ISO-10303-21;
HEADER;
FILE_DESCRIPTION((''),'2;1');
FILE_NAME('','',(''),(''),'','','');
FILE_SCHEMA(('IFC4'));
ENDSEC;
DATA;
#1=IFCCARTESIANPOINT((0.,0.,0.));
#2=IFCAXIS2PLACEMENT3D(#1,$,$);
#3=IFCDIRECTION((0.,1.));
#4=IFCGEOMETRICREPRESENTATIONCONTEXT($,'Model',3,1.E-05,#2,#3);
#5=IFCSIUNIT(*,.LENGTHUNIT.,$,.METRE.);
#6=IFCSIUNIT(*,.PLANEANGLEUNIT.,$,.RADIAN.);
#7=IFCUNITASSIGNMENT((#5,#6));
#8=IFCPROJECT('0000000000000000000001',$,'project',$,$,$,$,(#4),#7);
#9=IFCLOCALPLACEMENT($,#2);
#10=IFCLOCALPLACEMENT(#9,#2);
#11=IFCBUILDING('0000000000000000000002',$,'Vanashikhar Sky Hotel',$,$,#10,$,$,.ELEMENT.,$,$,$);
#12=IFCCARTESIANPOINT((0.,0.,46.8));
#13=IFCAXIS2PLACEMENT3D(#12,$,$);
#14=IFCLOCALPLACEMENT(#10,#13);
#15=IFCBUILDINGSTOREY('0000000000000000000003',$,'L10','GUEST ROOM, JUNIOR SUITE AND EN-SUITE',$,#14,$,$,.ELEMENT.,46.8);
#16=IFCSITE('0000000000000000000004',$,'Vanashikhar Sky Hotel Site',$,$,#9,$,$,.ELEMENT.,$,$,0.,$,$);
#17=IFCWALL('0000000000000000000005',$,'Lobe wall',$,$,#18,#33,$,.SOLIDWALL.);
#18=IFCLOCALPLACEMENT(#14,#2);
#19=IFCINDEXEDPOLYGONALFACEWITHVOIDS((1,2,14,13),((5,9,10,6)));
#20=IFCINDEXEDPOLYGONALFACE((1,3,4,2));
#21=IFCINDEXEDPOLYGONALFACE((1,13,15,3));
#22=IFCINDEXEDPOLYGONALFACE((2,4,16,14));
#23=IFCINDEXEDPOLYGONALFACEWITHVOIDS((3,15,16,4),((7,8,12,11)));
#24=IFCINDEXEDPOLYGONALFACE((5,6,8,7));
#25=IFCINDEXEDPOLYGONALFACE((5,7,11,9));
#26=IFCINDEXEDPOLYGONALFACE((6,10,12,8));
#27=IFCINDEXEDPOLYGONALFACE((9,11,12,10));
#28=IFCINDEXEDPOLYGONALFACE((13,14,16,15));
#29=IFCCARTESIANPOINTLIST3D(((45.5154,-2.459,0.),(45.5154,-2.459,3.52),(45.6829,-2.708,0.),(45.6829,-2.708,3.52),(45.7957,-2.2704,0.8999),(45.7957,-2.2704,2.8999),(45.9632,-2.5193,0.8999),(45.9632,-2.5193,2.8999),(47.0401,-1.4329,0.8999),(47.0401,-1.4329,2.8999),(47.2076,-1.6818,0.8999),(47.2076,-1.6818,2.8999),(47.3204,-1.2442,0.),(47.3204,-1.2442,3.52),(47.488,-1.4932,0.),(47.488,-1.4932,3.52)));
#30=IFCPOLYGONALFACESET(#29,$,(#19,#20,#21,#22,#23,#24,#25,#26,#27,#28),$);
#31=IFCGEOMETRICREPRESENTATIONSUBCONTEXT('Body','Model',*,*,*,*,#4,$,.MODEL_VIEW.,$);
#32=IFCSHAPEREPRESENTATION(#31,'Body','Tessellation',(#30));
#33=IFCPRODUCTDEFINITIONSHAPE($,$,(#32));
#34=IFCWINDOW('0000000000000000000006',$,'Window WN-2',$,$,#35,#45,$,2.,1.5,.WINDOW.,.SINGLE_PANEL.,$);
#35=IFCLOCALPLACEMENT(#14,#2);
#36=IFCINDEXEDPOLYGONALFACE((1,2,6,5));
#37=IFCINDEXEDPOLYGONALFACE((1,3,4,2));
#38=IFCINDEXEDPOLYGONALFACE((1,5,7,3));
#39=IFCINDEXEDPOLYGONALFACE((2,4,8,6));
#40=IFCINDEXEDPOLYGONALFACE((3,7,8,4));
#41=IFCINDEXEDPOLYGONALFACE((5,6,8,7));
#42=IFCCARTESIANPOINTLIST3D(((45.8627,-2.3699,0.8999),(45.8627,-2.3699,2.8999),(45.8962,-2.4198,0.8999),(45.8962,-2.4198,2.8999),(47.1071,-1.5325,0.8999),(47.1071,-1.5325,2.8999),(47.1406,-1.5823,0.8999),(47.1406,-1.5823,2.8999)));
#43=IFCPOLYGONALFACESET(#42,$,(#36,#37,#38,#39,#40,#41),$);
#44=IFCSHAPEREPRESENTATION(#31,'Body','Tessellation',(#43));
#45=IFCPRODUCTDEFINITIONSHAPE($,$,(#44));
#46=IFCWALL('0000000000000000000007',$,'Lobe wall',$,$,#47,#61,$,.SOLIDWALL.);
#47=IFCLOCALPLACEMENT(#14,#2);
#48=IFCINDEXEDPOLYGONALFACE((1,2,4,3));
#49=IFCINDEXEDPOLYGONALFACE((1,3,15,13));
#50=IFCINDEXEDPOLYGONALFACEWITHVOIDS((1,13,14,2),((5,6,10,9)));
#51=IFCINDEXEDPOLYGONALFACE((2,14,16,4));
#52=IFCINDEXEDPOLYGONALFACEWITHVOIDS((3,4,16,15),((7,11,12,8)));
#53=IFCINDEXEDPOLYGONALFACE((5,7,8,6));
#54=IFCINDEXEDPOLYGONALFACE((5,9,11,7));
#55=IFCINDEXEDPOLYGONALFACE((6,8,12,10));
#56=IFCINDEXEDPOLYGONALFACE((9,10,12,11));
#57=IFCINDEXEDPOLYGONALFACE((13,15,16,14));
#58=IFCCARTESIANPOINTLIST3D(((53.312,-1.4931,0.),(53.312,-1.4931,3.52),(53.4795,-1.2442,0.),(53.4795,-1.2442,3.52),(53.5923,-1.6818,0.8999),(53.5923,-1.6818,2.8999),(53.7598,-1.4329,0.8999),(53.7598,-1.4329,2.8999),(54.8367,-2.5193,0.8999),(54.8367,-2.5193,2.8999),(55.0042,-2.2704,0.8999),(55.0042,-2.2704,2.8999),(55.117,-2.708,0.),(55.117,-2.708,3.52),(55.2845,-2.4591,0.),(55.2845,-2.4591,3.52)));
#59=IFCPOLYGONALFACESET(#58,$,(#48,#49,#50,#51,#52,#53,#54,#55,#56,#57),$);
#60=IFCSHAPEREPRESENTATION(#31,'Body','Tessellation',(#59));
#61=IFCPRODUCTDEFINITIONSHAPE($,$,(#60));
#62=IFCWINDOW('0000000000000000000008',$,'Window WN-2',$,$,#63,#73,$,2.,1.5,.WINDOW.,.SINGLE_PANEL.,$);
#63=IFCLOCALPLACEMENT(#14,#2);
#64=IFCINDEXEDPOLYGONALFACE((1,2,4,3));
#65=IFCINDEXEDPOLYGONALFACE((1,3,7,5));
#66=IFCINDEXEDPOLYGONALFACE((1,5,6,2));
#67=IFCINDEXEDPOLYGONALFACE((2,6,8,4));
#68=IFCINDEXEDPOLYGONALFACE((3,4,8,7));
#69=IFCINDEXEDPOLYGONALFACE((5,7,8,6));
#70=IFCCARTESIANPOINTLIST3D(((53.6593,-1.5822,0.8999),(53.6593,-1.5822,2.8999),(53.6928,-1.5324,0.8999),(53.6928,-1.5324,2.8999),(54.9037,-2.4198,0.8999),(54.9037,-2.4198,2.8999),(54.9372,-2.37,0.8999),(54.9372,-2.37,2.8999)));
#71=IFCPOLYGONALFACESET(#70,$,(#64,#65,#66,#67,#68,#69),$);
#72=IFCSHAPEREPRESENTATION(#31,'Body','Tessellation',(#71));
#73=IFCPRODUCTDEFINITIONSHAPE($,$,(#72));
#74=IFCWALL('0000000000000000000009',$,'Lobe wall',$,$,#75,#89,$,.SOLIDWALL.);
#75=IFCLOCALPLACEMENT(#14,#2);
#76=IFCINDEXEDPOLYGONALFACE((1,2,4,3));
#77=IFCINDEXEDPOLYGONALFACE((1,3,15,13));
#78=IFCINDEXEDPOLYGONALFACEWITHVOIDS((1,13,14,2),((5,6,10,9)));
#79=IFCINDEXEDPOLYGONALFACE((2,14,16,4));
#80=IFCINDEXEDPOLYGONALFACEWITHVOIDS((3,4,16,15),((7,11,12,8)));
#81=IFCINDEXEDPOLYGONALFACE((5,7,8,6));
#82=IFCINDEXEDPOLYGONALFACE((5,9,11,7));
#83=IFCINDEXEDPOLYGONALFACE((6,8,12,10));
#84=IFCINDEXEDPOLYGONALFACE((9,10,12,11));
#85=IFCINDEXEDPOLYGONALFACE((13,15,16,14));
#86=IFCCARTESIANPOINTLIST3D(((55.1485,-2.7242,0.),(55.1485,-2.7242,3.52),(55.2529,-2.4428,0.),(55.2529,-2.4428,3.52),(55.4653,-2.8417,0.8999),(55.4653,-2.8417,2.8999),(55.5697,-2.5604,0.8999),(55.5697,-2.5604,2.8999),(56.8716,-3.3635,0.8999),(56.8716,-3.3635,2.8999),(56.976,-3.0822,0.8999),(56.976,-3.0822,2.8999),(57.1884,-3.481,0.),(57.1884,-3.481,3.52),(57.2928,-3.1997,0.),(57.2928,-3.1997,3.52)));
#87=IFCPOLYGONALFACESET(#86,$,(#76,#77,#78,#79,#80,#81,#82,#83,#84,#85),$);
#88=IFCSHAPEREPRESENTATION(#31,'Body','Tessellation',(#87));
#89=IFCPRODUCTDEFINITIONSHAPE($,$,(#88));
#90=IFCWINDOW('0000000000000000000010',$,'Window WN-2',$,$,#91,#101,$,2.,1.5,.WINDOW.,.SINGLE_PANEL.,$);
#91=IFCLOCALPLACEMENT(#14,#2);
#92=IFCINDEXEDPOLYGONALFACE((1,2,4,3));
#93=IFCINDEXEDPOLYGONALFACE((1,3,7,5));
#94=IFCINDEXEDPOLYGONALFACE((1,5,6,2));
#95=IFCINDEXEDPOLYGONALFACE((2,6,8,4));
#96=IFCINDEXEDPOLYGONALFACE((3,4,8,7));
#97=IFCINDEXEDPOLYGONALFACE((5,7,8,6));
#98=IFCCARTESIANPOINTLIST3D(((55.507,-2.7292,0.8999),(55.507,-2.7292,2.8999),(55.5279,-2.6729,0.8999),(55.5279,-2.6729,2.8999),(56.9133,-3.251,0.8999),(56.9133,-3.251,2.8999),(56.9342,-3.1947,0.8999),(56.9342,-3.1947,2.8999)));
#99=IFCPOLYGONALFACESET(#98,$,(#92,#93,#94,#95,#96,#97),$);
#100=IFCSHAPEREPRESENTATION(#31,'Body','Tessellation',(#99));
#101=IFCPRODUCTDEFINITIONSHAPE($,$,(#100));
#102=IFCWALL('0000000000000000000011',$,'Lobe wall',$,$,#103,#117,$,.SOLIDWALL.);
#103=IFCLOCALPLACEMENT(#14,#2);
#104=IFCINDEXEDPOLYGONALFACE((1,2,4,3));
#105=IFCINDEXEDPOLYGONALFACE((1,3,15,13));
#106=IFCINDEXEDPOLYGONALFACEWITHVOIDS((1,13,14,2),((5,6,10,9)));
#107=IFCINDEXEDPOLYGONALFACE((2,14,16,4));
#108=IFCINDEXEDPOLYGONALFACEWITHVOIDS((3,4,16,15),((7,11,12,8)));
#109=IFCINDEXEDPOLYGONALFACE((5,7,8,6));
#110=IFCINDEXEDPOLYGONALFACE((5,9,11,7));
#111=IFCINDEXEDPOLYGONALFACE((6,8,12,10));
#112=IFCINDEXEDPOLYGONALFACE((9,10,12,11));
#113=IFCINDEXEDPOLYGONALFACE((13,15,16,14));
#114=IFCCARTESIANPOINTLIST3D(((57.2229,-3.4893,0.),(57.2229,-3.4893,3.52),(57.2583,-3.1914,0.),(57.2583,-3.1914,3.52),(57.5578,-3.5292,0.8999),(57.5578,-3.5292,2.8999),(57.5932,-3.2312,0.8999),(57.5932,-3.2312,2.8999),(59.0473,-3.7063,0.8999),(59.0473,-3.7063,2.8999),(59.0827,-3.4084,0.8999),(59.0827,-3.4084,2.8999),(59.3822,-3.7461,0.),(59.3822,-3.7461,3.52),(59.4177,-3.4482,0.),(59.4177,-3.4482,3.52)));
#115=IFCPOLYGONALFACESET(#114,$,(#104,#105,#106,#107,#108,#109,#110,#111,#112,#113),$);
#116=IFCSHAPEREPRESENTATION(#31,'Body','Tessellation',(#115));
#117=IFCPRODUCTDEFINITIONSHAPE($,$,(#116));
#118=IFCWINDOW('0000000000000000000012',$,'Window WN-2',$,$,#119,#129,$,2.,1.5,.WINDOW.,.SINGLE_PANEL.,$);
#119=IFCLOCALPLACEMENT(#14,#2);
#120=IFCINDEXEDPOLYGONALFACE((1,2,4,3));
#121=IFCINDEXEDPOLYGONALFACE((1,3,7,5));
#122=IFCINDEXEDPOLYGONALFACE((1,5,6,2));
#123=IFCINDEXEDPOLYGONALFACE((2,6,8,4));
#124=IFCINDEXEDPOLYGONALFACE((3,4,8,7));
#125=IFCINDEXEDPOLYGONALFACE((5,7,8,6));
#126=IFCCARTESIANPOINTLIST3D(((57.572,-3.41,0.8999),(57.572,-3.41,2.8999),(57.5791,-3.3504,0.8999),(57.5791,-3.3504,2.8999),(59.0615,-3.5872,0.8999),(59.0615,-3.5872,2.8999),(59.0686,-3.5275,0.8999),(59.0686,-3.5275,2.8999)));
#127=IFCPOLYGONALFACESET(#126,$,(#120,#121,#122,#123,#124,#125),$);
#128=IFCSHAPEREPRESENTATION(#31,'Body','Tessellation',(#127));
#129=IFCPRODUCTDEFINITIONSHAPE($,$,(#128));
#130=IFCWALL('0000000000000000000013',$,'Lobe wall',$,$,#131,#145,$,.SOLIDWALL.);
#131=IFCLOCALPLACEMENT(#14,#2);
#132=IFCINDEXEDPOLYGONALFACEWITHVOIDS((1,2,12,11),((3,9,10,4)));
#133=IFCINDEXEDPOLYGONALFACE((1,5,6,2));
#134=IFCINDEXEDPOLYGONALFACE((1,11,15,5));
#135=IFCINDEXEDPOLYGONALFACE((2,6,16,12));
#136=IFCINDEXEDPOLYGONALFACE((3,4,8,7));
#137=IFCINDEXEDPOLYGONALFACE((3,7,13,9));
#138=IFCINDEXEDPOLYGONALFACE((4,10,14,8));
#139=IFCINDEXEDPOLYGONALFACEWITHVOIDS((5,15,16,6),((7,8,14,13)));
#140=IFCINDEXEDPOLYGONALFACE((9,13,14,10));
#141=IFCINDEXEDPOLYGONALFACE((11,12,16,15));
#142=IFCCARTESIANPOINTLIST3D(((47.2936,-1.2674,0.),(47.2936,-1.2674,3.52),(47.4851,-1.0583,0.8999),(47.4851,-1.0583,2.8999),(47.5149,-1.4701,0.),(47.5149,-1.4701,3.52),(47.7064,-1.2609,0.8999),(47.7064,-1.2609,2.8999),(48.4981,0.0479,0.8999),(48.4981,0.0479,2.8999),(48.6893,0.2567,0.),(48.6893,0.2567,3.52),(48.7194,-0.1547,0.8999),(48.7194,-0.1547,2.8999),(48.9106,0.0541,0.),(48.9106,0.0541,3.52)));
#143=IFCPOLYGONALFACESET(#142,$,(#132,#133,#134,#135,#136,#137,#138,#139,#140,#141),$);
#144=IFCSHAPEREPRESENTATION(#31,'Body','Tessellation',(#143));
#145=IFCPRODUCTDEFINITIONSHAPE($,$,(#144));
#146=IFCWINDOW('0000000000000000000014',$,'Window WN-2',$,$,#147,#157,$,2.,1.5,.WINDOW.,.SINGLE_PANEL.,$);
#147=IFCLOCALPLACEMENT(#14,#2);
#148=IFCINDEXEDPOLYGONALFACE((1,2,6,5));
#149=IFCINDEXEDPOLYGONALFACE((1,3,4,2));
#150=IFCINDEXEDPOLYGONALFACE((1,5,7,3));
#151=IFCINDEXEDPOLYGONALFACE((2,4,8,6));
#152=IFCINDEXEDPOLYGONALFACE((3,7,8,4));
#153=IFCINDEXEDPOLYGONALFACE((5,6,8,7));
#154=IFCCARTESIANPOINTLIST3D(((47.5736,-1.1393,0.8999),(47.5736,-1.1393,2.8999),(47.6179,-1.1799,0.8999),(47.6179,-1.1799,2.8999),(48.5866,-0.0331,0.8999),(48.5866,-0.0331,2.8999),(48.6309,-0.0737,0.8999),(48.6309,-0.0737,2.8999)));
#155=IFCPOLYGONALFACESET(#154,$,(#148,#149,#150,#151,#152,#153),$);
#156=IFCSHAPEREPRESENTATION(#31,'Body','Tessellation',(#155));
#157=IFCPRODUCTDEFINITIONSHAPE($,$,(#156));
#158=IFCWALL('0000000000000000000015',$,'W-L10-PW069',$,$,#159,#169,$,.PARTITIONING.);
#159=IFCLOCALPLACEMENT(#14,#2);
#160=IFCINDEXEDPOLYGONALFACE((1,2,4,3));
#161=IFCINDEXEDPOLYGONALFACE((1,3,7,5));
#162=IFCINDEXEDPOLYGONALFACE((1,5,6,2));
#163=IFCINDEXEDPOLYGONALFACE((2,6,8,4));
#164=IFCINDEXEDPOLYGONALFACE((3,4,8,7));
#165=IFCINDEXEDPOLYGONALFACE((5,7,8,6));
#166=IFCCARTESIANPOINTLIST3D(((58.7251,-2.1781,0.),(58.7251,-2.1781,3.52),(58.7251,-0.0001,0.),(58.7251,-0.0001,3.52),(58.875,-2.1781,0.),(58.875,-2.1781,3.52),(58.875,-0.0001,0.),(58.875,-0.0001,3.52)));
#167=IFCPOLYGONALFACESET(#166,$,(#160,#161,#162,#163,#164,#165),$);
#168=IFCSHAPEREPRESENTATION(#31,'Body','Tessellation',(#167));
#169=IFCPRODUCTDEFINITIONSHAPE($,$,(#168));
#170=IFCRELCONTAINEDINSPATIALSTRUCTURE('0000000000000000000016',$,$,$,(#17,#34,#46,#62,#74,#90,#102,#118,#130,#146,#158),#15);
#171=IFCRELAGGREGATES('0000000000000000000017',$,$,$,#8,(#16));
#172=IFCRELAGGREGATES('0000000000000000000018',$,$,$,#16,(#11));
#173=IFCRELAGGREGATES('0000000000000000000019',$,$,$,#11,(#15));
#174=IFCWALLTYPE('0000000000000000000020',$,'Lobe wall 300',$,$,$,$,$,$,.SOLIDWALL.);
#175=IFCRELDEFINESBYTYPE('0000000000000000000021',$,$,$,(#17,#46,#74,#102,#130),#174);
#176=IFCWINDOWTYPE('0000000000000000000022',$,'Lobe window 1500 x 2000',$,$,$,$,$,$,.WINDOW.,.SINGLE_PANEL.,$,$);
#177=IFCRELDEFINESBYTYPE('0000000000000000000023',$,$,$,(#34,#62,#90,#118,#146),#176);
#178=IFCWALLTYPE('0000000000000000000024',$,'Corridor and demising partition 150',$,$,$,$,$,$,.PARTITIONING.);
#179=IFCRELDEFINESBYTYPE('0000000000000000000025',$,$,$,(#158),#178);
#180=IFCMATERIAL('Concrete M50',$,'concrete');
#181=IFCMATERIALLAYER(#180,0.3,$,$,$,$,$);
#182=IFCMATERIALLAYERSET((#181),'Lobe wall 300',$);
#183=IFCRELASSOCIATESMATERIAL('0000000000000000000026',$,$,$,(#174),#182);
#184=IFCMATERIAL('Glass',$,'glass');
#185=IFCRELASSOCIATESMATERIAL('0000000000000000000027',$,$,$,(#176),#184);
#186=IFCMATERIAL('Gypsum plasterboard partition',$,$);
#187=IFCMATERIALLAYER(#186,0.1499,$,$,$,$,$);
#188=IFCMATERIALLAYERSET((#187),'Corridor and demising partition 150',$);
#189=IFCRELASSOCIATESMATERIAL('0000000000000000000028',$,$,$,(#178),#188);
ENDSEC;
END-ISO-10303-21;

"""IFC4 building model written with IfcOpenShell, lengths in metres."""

from ifc_helpers import new_model, si_unit, direction, frame, frame_2d, origin, place, context, subcontext, project, spatial, rectangle, extrude, source, transform, mapped, material, layer, layer_set, type_object, element, fill, save


model = new_model("IFC4")

# Units and contexts
model_context = context("Model", 3, precision=1e-05, world=origin(), true_north=direction((0.0, 1.0)))
body_context = subcontext(model_context, "Body", "Model", "MODEL_VIEW")
ifc_project = project(units=[si_unit("LENGTHUNIT", "METRE"), si_unit("PLANEANGLEUNIT", "RADIAN")], contexts=[model_context])

# Site, building, storey
site_placement = place(None, origin())
site = spatial("IfcSite", under=ifc_project, at=site_placement, Name="Vanashikhar Sky Hotel Site", CompositionType="ELEMENT", RefElevation=0.0)
building_placement = place(site_placement, origin())
building = spatial("IfcBuilding", under=site, at=building_placement, Name="Vanashikhar Sky Hotel", CompositionType="ELEMENT")
storey_placement = place(building_placement, frame((0.0, 0.0, 46.8)))
storey = spatial("IfcBuildingStorey", under=building, at=storey_placement, Name="L10", Description="GUEST ROOM, JUNIOR SUITE AND EN-SUITE", CompositionType="ELEMENT", Elevation=46.8)

# Walls, openings, windows
ifc_material_1 = material(Name="Concrete M50", Category="concrete")
ifc_layer_1 = layer(ifc_material_1, 0.3)
ifc_layer_set_1 = layer_set([ifc_layer_1], Name="Lobe wall 300")
wall_type_1 = type_object("IfcWallType", Name="Lobe wall 300", PredefinedType="SOLIDWALL", material=ifc_layer_set_1)
shared_shape_1 = source(origin(), body_context, "Body", "SweptSolid", [
    extrude(rectangle(XDim=2.1758, YDim=0.3, at=frame_2d((1.0879, 0.0))), origin(), (0.0, 0.0, 1.0), 3.52),
])
wall_1_placement = place(storey_placement, frame((45.5991, -2.5835, 0.0), z_axis=(0.0, 0.0, 1.0), x_axis=(0.829626, 0.55832, 0.0)))
wall_1 = element("IfcWall", 1, at=wall_1_placement, inside=storey, type_object=wall_type_1, Name="Lobe wall", PredefinedType="SOLIDWALL", context=body_context, shape_type="MappedRepresentation", body=[
    mapped(shared_shape_1, transform((0.0, 0.0, 0.0), scale=1.0)),
])
shared_shape_2 = source(origin(), body_context, "Body", "SweptSolid", [
    extrude(rectangle(XDim=1.5, YDim=2.0, at=frame_2d((0.75, 1.0))), frame((0.0, 0.1602, 0.0), z_axis=(0.0, -1.0, 0.0), x_axis=(1.0, 0.0, 0.0)), (0.0, 0.0, 1.0), 0.3201),
])
opening_1_placement = place(wall_1_placement, frame((0.3379, 0.0, 0.8999)))
opening_1 = element("IfcOpeningElement", 2, at=opening_1_placement, cuts=wall_1, PredefinedType="OPENING", context=body_context, shape_type="MappedRepresentation", body=[
    mapped(shared_shape_2, transform((0.0, 0.0, 0.0), scale=1.0)),
])
ifc_material_2 = material(Name="Glass", Category="glass")
window_type = type_object("IfcWindowType", Name="Lobe window 1500 x 2000", PartitioningType="SINGLE_PANEL", PredefinedType="WINDOW", material=ifc_material_2)
shared_shape_3 = source(origin(), body_context, "Body", "SweptSolid", [
    extrude(rectangle(XDim=1.5, YDim=2.0, at=frame_2d((0.75, 1.0))), frame((0.0, 0.03, 0.0), z_axis=(0.0, -1.0, 0.0), x_axis=(1.0, 0.0, 0.0)), (0.0, 0.0, 1.0), 0.0601),
])
window_1_placement = place(opening_1_placement, origin())
window_1 = element("IfcWindow", 3, at=window_1_placement, inside=storey, type_object=window_type, Name="Window WN-2", OverallHeight=2.0, OverallWidth=1.5, PartitioningType="SINGLE_PANEL", PredefinedType="WINDOW", context=body_context, shape_type="MappedRepresentation", body=[
    mapped(shared_shape_3, transform((0.0, 0.0, 0.0), scale=1.0)),
])
fill(opening_1, window_1)
wall_2_placement = place(storey_placement, frame((53.3958, -1.3687, 0.0), z_axis=(0.0, 0.0, 1.0), x_axis=(0.829591, -0.558372, 0.0)))
wall_2 = element("IfcWall", 4, at=wall_2_placement, inside=storey, type_object=wall_type_1, Name="Lobe wall", PredefinedType="SOLIDWALL", context=body_context, shape_type="MappedRepresentation", body=[
    mapped(shared_shape_1, transform((0.0, 0.0, 0.0), scale=1.0)),
])
opening_2_placement = place(wall_2_placement, frame((0.3379, 0.0, 0.8999)))
opening_2 = element("IfcOpeningElement", 5, at=opening_2_placement, cuts=wall_2, PredefinedType="OPENING", context=body_context, shape_type="MappedRepresentation", body=[
    mapped(shared_shape_2, transform((0.0, 0.0, 0.0), scale=1.0)),
])
window_2_placement = place(opening_2_placement, origin())
window_2 = element("IfcWindow", 6, at=window_2_placement, inside=storey, type_object=window_type, Name="Window WN-2", OverallHeight=2.0, OverallWidth=1.5, PartitioningType="SINGLE_PANEL", PredefinedType="WINDOW", context=body_context, shape_type="MappedRepresentation", body=[
    mapped(shared_shape_3, transform((0.0, 0.0, 0.0), scale=1.0)),
])
fill(opening_2, window_2)
wall_3_placement = place(storey_placement, frame((55.2007, -2.5835, 0.0), z_axis=(0.0, 0.0, 1.0), x_axis=(0.937546, -0.347863, 0.0)))
wall_3 = element("IfcWall", 7, at=wall_3_placement, inside=storey, type_object=wall_type_1, Name="Lobe wall", PredefinedType="SOLIDWALL", context=body_context, shape_type="MappedRepresentation", body=[
    mapped(shared_shape_1, transform((0.0, 0.0, 0.0), scale=1.0)),
])
opening_3_placement = place(wall_3_placement, frame((0.3379, 0.0, 0.8999)))
opening_3 = element("IfcOpeningElement", 8, at=opening_3_placement, cuts=wall_3, PredefinedType="OPENING", context=body_context, shape_type="MappedRepresentation", body=[
    mapped(shared_shape_2, transform((0.0, 0.0, 0.0), scale=1.0)),
])
window_3_placement = place(opening_3_placement, origin())
window_3 = element("IfcWindow", 9, at=window_3_placement, inside=storey, type_object=window_type, Name="Window WN-2", OverallHeight=2.0, OverallWidth=1.5, PartitioningType="SINGLE_PANEL", PredefinedType="WINDOW", context=body_context, shape_type="MappedRepresentation", body=[
    mapped(shared_shape_3, transform((0.0, 0.0, 0.0), scale=1.0)),
])
fill(opening_3, window_3)
shared_shape_4 = source(origin(), body_context, "Body", "SweptSolid", [
    extrude(rectangle(XDim=2.1746, YDim=0.3, at=frame_2d((1.0874, 0.0))), origin(), (0.0, 0.0, 1.0), 3.52),
])
wall_4_placement = place(storey_placement, frame((57.2405, -3.3403, 0.0), z_axis=(0.0, 0.0, 1.0), x_axis=(0.993001, -0.118105, 0.0)))
wall_4 = element("IfcWall", 10, at=wall_4_placement, inside=storey, type_object=wall_type_1, Name="Lobe wall", PredefinedType="SOLIDWALL", context=body_context, shape_type="MappedRepresentation", body=[
    mapped(shared_shape_4, transform((0.0, 0.0, 0.0), scale=1.0)),
])
opening_4_placement = place(wall_4_placement, frame((0.3374, 0.0, 0.8999)))
opening_4 = element("IfcOpeningElement", 11, at=opening_4_placement, cuts=wall_4, PredefinedType="OPENING", context=body_context, shape_type="MappedRepresentation", body=[
    mapped(shared_shape_2, transform((0.0, 0.0, 0.0), scale=1.0)),
])
window_4_placement = place(opening_4_placement, origin())
window_4 = element("IfcWindow", 12, at=window_4_placement, inside=storey, type_object=window_type, Name="Window WN-2", OverallHeight=2.0, OverallWidth=1.5, PartitioningType="SINGLE_PANEL", PredefinedType="WINDOW", context=body_context, shape_type="MappedRepresentation", body=[
    mapped(shared_shape_3, transform((0.0, 0.0, 0.0), scale=1.0)),
])
fill(opening_4, window_4)
shared_shape_5 = source(origin(), body_context, "Body", "SweptSolid", [
    extrude(rectangle(XDim=2.0667, YDim=0.3, at=frame_2d((1.0332, 0.0))), origin(), (0.0, 0.0, 1.0), 3.52),
])
wall_5_placement = place(storey_placement, frame((47.4043, -1.3687, 0.0), z_axis=(0.0, 0.0, 1.0), x_axis=(0.675355, 0.737492, 0.0)))
wall_5 = element("IfcWall", 13, at=wall_5_placement, inside=storey, type_object=wall_type_1, Name="Lobe wall", PredefinedType="SOLIDWALL", context=body_context, shape_type="MappedRepresentation", body=[
    mapped(shared_shape_5, transform((0.0, 0.0, 0.0), scale=1.0)),
])
opening_5_placement = place(wall_5_placement, frame((0.2834, 0.0, 0.8999)))
opening_5 = element("IfcOpeningElement", 14, at=opening_5_placement, cuts=wall_5, PredefinedType="OPENING", context=body_context, shape_type="MappedRepresentation", body=[
    mapped(shared_shape_2, transform((0.0, 0.0, 0.0), scale=1.0)),
])
window_5_placement = place(opening_5_placement, origin())
window_5 = element("IfcWindow", 15, at=window_5_placement, inside=storey, type_object=window_type, Name="Window WN-2", OverallHeight=2.0, OverallWidth=1.5, PartitioningType="SINGLE_PANEL", PredefinedType="WINDOW", context=body_context, shape_type="MappedRepresentation", body=[
    mapped(shared_shape_3, transform((0.0, 0.0, 0.0), scale=1.0)),
])
fill(opening_5, window_5)

# Wall
ifc_material_3 = material(Name="Gypsum plasterboard partition")
ifc_layer_2 = layer(ifc_material_3, 0.1499)
ifc_layer_set_2 = layer_set([ifc_layer_2], Name="Corridor and demising partition 150")
wall_type_2 = type_object("IfcWallType", Name="Corridor and demising partition 150", PredefinedType="PARTITIONING", material=ifc_layer_set_2)
shared_shape_6 = source(origin(), body_context, "Body", "SweptSolid", [
    extrude(rectangle(XDim=2.178, YDim=0.1499, at=frame_2d((1.0889, 0.0))), origin(), (0.0, 0.0, 1.0), 3.52),
])
wall_6_placement = place(storey_placement, frame((58.8, -2.178, 0.0), z_axis=(0.0, 0.0, 1.0), x_axis=(0.0, 1.0, 0.0)))
element("IfcWall", 16, at=wall_6_placement, inside=storey, type_object=wall_type_2, Name="W-L10-PW069", PredefinedType="PARTITIONING", context=body_context, shape_type="MappedRepresentation", body=[
    mapped(shared_shape_6, transform((0.0, 0.0, 0.0), scale=1.0)),
])

save(model, "model.ifc")
